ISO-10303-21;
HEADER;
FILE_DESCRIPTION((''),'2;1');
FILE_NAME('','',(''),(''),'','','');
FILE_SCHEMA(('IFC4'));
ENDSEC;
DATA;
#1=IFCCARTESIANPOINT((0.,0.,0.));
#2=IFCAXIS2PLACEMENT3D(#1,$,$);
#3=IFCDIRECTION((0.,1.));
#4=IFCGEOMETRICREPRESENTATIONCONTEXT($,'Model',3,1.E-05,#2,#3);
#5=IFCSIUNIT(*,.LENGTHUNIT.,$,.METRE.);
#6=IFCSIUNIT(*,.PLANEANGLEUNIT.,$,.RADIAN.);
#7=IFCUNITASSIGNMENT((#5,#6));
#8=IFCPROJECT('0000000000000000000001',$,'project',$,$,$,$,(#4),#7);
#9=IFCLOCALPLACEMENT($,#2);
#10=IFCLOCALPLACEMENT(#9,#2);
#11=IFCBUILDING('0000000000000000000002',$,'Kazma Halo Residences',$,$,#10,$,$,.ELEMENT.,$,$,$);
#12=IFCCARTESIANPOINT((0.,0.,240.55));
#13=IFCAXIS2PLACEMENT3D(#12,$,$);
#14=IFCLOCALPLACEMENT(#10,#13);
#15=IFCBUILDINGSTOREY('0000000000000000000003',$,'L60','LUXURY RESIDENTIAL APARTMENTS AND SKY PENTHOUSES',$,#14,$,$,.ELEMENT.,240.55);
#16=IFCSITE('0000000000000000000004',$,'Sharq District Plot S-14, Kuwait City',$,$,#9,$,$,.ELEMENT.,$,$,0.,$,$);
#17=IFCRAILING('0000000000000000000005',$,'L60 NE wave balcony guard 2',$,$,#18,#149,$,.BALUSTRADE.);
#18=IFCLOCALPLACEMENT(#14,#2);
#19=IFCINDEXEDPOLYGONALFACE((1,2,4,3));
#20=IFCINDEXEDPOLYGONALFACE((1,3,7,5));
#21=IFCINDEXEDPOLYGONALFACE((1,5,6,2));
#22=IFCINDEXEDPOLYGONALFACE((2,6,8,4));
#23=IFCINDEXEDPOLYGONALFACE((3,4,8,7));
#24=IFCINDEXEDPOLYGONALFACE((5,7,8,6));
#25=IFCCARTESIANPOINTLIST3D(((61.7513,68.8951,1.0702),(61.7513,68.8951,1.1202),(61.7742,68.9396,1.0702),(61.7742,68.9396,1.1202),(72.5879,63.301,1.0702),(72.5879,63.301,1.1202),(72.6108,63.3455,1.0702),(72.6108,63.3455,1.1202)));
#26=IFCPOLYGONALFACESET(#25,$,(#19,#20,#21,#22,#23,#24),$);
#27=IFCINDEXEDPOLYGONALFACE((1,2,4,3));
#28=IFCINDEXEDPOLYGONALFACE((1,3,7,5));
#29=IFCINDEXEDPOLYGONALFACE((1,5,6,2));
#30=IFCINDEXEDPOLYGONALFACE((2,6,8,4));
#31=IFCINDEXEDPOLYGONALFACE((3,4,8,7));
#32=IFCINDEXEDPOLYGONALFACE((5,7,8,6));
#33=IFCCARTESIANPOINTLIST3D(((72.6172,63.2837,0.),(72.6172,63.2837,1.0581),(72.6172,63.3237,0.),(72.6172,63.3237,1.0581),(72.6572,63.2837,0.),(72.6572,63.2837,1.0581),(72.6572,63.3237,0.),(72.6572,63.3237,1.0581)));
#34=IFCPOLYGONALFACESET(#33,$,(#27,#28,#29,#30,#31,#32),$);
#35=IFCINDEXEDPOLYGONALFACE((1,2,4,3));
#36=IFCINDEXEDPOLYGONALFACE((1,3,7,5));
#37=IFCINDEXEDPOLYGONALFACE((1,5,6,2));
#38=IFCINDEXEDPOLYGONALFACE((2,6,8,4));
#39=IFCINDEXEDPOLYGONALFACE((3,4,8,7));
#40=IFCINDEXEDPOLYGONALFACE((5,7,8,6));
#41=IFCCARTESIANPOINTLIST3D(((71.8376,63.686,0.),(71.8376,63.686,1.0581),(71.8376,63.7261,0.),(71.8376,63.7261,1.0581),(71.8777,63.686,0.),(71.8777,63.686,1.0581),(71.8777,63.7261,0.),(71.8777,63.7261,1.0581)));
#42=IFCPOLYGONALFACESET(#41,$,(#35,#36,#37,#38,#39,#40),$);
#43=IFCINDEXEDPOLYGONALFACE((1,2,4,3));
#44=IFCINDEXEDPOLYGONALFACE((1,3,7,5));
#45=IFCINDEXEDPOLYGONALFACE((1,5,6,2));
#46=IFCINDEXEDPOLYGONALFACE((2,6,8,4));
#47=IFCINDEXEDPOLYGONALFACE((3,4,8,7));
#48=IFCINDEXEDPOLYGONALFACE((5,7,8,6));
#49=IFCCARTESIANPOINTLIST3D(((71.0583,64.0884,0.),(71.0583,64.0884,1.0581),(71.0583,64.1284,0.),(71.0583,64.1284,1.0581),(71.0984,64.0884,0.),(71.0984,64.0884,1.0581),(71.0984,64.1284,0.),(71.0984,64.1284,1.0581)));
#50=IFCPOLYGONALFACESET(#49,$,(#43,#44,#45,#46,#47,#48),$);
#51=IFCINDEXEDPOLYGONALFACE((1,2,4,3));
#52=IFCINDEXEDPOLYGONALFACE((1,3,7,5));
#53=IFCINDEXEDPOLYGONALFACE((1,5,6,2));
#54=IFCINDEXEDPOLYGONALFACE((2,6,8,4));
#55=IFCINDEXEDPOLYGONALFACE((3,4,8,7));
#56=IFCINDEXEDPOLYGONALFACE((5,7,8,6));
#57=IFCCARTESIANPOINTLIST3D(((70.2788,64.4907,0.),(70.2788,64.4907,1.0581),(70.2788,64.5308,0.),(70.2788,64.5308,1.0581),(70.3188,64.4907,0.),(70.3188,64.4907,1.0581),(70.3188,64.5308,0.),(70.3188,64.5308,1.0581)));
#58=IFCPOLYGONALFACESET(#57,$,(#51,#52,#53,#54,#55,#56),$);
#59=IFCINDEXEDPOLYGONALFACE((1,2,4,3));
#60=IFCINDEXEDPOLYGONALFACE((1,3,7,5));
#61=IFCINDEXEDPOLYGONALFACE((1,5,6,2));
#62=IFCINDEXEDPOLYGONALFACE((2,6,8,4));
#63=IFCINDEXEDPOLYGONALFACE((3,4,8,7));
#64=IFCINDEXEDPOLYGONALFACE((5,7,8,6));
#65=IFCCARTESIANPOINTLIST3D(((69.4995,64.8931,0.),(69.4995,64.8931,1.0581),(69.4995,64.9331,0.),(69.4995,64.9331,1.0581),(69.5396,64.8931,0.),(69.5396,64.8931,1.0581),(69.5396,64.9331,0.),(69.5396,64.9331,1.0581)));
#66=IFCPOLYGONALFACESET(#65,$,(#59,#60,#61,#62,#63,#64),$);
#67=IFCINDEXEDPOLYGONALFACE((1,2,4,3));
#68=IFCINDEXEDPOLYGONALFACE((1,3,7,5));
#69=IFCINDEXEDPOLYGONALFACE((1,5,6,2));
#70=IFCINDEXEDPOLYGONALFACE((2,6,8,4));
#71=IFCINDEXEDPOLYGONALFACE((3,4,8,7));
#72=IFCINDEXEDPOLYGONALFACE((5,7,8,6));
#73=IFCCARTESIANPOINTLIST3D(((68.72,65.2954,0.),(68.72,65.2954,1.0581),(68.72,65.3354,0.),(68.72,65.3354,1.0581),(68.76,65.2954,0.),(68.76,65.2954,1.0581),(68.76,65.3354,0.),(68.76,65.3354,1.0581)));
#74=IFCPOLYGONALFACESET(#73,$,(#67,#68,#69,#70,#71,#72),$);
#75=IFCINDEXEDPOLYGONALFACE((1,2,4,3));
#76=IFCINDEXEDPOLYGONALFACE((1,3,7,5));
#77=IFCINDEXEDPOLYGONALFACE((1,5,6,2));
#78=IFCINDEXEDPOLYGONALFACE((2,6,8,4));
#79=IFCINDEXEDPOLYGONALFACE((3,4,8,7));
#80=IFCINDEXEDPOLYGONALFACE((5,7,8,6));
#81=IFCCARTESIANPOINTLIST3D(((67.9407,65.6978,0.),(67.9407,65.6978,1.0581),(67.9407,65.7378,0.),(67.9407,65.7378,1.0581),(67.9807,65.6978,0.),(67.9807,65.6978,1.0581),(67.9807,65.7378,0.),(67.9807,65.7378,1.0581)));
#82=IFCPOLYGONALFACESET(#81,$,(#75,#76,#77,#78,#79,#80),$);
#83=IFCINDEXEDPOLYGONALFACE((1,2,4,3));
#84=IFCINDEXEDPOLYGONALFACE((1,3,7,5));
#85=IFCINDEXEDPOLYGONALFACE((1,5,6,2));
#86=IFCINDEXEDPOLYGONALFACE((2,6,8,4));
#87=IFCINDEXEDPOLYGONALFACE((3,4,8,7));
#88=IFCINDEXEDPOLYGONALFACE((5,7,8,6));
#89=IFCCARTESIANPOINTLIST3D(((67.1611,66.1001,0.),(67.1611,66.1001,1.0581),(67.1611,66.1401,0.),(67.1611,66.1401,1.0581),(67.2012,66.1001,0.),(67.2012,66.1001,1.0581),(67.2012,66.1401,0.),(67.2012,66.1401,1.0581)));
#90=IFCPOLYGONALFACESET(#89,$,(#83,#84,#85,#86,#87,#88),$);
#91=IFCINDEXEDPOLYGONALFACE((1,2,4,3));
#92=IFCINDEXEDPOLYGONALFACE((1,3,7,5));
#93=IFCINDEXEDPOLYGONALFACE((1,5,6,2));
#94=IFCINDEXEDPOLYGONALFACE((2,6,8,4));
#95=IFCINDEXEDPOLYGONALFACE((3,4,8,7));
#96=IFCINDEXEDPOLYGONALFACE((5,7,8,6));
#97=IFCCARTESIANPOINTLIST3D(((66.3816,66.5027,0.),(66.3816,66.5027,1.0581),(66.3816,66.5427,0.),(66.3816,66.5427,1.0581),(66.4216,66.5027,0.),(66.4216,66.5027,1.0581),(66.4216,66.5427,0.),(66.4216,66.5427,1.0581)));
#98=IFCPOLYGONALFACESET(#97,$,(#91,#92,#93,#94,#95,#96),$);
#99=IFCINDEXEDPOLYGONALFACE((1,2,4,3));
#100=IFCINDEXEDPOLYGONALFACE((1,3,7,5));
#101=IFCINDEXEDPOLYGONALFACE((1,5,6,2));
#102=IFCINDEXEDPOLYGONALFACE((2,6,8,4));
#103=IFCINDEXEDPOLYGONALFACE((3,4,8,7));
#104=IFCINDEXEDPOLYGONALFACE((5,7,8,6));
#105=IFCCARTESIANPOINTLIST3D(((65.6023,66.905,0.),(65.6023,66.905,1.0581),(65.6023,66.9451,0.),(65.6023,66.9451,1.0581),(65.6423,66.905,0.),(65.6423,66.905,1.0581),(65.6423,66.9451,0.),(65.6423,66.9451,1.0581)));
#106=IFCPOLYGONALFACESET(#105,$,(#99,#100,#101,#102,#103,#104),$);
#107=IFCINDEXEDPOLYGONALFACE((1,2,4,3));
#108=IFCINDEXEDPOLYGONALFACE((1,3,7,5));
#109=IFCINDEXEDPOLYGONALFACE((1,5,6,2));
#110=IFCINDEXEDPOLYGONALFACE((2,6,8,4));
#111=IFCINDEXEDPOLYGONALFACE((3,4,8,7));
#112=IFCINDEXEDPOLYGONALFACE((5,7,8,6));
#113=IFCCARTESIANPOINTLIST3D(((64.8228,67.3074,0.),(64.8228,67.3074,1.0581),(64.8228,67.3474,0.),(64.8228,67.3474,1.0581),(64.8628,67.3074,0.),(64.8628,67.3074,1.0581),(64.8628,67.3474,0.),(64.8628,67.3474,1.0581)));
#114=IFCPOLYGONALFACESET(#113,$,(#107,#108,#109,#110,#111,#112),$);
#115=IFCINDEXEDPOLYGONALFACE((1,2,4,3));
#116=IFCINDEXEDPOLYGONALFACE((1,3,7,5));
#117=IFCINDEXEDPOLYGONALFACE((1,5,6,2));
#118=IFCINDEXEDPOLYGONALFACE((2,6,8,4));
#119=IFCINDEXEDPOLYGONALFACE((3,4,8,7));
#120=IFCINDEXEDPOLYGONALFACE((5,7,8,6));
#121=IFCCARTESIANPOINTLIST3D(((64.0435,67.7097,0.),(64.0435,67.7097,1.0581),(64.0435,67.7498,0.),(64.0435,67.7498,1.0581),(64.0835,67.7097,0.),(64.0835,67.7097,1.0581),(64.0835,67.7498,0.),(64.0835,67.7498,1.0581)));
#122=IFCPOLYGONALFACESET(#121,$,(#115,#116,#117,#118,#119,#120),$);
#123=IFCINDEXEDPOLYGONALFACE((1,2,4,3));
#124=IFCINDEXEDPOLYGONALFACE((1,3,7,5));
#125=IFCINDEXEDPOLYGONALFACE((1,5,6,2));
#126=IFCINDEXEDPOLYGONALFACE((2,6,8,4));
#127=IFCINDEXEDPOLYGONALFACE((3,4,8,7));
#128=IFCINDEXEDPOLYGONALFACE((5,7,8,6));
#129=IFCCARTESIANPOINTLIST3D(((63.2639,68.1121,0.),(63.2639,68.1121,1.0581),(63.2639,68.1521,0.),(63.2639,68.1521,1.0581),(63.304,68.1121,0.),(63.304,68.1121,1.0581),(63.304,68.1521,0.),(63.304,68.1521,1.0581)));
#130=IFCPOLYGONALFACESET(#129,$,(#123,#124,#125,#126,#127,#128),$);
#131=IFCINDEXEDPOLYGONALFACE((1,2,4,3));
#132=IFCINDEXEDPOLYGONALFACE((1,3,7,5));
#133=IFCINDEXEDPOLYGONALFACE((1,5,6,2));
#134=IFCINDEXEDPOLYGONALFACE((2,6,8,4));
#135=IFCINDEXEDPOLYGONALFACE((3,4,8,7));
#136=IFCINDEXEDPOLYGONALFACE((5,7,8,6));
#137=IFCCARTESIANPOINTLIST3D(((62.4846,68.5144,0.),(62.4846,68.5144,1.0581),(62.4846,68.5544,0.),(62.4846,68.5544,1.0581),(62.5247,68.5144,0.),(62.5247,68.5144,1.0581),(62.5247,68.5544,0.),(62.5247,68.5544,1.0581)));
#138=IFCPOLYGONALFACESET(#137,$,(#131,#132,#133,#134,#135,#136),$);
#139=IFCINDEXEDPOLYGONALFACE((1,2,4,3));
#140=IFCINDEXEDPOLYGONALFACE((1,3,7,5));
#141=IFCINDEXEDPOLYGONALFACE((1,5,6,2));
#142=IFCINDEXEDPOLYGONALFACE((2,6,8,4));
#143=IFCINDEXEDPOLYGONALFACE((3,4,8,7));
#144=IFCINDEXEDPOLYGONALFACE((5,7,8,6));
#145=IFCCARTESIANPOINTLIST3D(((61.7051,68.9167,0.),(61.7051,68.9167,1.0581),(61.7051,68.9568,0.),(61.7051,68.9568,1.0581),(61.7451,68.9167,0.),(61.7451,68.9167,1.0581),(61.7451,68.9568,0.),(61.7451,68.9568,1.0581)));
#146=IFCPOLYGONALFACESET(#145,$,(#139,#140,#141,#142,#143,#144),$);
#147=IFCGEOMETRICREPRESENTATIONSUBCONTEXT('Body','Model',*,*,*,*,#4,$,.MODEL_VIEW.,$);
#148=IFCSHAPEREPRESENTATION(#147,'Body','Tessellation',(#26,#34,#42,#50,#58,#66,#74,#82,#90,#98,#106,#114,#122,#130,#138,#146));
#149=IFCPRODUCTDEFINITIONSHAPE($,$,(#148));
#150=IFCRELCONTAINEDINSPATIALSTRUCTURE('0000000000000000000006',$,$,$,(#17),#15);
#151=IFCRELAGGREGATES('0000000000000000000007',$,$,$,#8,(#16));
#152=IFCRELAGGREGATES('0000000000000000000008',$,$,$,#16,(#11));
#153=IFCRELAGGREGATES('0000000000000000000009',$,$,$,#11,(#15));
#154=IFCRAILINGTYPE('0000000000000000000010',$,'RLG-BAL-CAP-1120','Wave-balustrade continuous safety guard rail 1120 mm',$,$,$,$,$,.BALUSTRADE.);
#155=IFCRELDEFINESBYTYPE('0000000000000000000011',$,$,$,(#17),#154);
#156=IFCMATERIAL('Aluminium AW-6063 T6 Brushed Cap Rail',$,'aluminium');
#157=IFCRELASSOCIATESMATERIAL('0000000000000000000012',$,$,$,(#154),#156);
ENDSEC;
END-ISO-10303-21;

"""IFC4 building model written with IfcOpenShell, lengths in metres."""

from ifc_helpers import new_model, si_unit, direction, frame, origin, origin_2d, place, context, subcontext, project, spatial, rectangle, extrude, material, type_object, element, save


model = new_model("IFC4")

# Units and contexts
model_context = context("Model", 3, precision=1e-05, world=origin(), true_north=direction((0.0, 1.0)))
body_context = subcontext(model_context, "Body", "Model", "MODEL_VIEW")
ifc_project = project(units=[si_unit("LENGTHUNIT", "METRE"), si_unit("PLANEANGLEUNIT", "RADIAN")], contexts=[model_context])

# Site, building, storey
site_placement = place(None, origin())
site = spatial("IfcSite", under=ifc_project, at=site_placement, Name="Sharq District Plot S-14, Kuwait City", CompositionType="ELEMENT", RefElevation=0.0)
building_placement = place(site_placement, origin())
building = spatial("IfcBuilding", under=site, at=building_placement, Name="Kazma Halo Residences", CompositionType="ELEMENT")
storey_placement = place(building_placement, frame((0.0, 0.0, 240.55)))
storey = spatial("IfcBuildingStorey", under=building, at=storey_placement, Name="L60", Description="LUXURY RESIDENTIAL APARTMENTS AND SKY PENTHOUSES", CompositionType="ELEMENT", Elevation=240.55)

# Railing
ifc_material_1 = material(Name="Aluminium AW-6063 T6 Brushed Cap Rail", Category="aluminium")
railing_type = type_object("IfcRailingType", Name="RLG-BAL-CAP-1120", Description="Wave-balustrade continuous safety guard rail 1120 mm", PredefinedType="BALUSTRADE", material=ifc_material_1)
railing_1_placement = place(storey_placement, frame((72.6372, 63.3037, 0.0)))
element("IfcRailing", 1, at=railing_1_placement, inside=storey, type_object=railing_type, Name="L60 NE wave balcony guard 2", PredefinedType="BALUSTRADE", context=body_context, shape_type="SweptSolid", body=[
    extrude(rectangle(XDim=0.05, YDim=0.05, at=origin_2d()), frame((-0.0378, 0.0195, 1.0952), z_axis=(-0.888587, 0.458707, 0.0), x_axis=(-0.458707, -0.888587, 0.0)), (0.0, 0.0, 1.0), 12.1953),
    extrude(rectangle(XDim=0.04, YDim=0.04, at=origin_2d()), origin(), (0.0, 0.0, 1.0), 1.0581),
    extrude(rectangle(XDim=0.04, YDim=0.04, at=origin_2d()), frame((-0.7795, 0.4023, 0.0)), (0.0, 0.0, 1.0), 1.0581),
    extrude(rectangle(XDim=0.04, YDim=0.04, at=origin_2d()), frame((-1.5588, 0.8047, 0.0)), (0.0, 0.0, 1.0), 1.0581),
    extrude(rectangle(XDim=0.04, YDim=0.04, at=origin_2d()), frame((-2.3384, 1.207, 0.0)), (0.0, 0.0, 1.0), 1.0581),
    extrude(rectangle(XDim=0.04, YDim=0.04, at=origin_2d()), frame((-3.1177, 1.6094, 0.0)), (0.0, 0.0, 1.0), 1.0581),
    extrude(rectangle(XDim=0.04, YDim=0.04, at=origin_2d()), frame((-3.8972, 2.0117, 0.0)), (0.0, 0.0, 1.0), 1.0581),
    extrude(rectangle(XDim=0.04, YDim=0.04, at=origin_2d()), frame((-4.6765, 2.4141, 0.0)), (0.0, 0.0, 1.0), 1.0581),
    extrude(rectangle(XDim=0.04, YDim=0.04, at=origin_2d()), frame((-5.4561, 2.8164, 0.0)), (0.0, 0.0, 1.0), 1.0581),
    extrude(rectangle(XDim=0.04, YDim=0.04, at=origin_2d()), frame((-6.2356, 3.219, 0.0)), (0.0, 0.0, 1.0), 1.0581),
    extrude(rectangle(XDim=0.04, YDim=0.04, at=origin_2d()), frame((-7.0149, 3.6213, 0.0)), (0.0, 0.0, 1.0), 1.0581),
    extrude(rectangle(XDim=0.04, YDim=0.04, at=origin_2d()), frame((-7.7944, 4.0237, 0.0)), (0.0, 0.0, 1.0), 1.0581),
    extrude(rectangle(XDim=0.04, YDim=0.04, at=origin_2d()), frame((-8.5737, 4.426, 0.0)), (0.0, 0.0, 1.0), 1.0581),
    extrude(rectangle(XDim=0.04, YDim=0.04, at=origin_2d()), frame((-9.3533, 4.8284, 0.0)), (0.0, 0.0, 1.0), 1.0581),
    extrude(rectangle(XDim=0.04, YDim=0.04, at=origin_2d()), frame((-10.1326, 5.2307, 0.0)), (0.0, 0.0, 1.0), 1.0581),
    extrude(rectangle(XDim=0.04, YDim=0.04, at=origin_2d()), frame((-10.9121, 5.6331, 0.0)), (0.0, 0.0, 1.0), 1.0581),
])

save(model, "model.ifc")
